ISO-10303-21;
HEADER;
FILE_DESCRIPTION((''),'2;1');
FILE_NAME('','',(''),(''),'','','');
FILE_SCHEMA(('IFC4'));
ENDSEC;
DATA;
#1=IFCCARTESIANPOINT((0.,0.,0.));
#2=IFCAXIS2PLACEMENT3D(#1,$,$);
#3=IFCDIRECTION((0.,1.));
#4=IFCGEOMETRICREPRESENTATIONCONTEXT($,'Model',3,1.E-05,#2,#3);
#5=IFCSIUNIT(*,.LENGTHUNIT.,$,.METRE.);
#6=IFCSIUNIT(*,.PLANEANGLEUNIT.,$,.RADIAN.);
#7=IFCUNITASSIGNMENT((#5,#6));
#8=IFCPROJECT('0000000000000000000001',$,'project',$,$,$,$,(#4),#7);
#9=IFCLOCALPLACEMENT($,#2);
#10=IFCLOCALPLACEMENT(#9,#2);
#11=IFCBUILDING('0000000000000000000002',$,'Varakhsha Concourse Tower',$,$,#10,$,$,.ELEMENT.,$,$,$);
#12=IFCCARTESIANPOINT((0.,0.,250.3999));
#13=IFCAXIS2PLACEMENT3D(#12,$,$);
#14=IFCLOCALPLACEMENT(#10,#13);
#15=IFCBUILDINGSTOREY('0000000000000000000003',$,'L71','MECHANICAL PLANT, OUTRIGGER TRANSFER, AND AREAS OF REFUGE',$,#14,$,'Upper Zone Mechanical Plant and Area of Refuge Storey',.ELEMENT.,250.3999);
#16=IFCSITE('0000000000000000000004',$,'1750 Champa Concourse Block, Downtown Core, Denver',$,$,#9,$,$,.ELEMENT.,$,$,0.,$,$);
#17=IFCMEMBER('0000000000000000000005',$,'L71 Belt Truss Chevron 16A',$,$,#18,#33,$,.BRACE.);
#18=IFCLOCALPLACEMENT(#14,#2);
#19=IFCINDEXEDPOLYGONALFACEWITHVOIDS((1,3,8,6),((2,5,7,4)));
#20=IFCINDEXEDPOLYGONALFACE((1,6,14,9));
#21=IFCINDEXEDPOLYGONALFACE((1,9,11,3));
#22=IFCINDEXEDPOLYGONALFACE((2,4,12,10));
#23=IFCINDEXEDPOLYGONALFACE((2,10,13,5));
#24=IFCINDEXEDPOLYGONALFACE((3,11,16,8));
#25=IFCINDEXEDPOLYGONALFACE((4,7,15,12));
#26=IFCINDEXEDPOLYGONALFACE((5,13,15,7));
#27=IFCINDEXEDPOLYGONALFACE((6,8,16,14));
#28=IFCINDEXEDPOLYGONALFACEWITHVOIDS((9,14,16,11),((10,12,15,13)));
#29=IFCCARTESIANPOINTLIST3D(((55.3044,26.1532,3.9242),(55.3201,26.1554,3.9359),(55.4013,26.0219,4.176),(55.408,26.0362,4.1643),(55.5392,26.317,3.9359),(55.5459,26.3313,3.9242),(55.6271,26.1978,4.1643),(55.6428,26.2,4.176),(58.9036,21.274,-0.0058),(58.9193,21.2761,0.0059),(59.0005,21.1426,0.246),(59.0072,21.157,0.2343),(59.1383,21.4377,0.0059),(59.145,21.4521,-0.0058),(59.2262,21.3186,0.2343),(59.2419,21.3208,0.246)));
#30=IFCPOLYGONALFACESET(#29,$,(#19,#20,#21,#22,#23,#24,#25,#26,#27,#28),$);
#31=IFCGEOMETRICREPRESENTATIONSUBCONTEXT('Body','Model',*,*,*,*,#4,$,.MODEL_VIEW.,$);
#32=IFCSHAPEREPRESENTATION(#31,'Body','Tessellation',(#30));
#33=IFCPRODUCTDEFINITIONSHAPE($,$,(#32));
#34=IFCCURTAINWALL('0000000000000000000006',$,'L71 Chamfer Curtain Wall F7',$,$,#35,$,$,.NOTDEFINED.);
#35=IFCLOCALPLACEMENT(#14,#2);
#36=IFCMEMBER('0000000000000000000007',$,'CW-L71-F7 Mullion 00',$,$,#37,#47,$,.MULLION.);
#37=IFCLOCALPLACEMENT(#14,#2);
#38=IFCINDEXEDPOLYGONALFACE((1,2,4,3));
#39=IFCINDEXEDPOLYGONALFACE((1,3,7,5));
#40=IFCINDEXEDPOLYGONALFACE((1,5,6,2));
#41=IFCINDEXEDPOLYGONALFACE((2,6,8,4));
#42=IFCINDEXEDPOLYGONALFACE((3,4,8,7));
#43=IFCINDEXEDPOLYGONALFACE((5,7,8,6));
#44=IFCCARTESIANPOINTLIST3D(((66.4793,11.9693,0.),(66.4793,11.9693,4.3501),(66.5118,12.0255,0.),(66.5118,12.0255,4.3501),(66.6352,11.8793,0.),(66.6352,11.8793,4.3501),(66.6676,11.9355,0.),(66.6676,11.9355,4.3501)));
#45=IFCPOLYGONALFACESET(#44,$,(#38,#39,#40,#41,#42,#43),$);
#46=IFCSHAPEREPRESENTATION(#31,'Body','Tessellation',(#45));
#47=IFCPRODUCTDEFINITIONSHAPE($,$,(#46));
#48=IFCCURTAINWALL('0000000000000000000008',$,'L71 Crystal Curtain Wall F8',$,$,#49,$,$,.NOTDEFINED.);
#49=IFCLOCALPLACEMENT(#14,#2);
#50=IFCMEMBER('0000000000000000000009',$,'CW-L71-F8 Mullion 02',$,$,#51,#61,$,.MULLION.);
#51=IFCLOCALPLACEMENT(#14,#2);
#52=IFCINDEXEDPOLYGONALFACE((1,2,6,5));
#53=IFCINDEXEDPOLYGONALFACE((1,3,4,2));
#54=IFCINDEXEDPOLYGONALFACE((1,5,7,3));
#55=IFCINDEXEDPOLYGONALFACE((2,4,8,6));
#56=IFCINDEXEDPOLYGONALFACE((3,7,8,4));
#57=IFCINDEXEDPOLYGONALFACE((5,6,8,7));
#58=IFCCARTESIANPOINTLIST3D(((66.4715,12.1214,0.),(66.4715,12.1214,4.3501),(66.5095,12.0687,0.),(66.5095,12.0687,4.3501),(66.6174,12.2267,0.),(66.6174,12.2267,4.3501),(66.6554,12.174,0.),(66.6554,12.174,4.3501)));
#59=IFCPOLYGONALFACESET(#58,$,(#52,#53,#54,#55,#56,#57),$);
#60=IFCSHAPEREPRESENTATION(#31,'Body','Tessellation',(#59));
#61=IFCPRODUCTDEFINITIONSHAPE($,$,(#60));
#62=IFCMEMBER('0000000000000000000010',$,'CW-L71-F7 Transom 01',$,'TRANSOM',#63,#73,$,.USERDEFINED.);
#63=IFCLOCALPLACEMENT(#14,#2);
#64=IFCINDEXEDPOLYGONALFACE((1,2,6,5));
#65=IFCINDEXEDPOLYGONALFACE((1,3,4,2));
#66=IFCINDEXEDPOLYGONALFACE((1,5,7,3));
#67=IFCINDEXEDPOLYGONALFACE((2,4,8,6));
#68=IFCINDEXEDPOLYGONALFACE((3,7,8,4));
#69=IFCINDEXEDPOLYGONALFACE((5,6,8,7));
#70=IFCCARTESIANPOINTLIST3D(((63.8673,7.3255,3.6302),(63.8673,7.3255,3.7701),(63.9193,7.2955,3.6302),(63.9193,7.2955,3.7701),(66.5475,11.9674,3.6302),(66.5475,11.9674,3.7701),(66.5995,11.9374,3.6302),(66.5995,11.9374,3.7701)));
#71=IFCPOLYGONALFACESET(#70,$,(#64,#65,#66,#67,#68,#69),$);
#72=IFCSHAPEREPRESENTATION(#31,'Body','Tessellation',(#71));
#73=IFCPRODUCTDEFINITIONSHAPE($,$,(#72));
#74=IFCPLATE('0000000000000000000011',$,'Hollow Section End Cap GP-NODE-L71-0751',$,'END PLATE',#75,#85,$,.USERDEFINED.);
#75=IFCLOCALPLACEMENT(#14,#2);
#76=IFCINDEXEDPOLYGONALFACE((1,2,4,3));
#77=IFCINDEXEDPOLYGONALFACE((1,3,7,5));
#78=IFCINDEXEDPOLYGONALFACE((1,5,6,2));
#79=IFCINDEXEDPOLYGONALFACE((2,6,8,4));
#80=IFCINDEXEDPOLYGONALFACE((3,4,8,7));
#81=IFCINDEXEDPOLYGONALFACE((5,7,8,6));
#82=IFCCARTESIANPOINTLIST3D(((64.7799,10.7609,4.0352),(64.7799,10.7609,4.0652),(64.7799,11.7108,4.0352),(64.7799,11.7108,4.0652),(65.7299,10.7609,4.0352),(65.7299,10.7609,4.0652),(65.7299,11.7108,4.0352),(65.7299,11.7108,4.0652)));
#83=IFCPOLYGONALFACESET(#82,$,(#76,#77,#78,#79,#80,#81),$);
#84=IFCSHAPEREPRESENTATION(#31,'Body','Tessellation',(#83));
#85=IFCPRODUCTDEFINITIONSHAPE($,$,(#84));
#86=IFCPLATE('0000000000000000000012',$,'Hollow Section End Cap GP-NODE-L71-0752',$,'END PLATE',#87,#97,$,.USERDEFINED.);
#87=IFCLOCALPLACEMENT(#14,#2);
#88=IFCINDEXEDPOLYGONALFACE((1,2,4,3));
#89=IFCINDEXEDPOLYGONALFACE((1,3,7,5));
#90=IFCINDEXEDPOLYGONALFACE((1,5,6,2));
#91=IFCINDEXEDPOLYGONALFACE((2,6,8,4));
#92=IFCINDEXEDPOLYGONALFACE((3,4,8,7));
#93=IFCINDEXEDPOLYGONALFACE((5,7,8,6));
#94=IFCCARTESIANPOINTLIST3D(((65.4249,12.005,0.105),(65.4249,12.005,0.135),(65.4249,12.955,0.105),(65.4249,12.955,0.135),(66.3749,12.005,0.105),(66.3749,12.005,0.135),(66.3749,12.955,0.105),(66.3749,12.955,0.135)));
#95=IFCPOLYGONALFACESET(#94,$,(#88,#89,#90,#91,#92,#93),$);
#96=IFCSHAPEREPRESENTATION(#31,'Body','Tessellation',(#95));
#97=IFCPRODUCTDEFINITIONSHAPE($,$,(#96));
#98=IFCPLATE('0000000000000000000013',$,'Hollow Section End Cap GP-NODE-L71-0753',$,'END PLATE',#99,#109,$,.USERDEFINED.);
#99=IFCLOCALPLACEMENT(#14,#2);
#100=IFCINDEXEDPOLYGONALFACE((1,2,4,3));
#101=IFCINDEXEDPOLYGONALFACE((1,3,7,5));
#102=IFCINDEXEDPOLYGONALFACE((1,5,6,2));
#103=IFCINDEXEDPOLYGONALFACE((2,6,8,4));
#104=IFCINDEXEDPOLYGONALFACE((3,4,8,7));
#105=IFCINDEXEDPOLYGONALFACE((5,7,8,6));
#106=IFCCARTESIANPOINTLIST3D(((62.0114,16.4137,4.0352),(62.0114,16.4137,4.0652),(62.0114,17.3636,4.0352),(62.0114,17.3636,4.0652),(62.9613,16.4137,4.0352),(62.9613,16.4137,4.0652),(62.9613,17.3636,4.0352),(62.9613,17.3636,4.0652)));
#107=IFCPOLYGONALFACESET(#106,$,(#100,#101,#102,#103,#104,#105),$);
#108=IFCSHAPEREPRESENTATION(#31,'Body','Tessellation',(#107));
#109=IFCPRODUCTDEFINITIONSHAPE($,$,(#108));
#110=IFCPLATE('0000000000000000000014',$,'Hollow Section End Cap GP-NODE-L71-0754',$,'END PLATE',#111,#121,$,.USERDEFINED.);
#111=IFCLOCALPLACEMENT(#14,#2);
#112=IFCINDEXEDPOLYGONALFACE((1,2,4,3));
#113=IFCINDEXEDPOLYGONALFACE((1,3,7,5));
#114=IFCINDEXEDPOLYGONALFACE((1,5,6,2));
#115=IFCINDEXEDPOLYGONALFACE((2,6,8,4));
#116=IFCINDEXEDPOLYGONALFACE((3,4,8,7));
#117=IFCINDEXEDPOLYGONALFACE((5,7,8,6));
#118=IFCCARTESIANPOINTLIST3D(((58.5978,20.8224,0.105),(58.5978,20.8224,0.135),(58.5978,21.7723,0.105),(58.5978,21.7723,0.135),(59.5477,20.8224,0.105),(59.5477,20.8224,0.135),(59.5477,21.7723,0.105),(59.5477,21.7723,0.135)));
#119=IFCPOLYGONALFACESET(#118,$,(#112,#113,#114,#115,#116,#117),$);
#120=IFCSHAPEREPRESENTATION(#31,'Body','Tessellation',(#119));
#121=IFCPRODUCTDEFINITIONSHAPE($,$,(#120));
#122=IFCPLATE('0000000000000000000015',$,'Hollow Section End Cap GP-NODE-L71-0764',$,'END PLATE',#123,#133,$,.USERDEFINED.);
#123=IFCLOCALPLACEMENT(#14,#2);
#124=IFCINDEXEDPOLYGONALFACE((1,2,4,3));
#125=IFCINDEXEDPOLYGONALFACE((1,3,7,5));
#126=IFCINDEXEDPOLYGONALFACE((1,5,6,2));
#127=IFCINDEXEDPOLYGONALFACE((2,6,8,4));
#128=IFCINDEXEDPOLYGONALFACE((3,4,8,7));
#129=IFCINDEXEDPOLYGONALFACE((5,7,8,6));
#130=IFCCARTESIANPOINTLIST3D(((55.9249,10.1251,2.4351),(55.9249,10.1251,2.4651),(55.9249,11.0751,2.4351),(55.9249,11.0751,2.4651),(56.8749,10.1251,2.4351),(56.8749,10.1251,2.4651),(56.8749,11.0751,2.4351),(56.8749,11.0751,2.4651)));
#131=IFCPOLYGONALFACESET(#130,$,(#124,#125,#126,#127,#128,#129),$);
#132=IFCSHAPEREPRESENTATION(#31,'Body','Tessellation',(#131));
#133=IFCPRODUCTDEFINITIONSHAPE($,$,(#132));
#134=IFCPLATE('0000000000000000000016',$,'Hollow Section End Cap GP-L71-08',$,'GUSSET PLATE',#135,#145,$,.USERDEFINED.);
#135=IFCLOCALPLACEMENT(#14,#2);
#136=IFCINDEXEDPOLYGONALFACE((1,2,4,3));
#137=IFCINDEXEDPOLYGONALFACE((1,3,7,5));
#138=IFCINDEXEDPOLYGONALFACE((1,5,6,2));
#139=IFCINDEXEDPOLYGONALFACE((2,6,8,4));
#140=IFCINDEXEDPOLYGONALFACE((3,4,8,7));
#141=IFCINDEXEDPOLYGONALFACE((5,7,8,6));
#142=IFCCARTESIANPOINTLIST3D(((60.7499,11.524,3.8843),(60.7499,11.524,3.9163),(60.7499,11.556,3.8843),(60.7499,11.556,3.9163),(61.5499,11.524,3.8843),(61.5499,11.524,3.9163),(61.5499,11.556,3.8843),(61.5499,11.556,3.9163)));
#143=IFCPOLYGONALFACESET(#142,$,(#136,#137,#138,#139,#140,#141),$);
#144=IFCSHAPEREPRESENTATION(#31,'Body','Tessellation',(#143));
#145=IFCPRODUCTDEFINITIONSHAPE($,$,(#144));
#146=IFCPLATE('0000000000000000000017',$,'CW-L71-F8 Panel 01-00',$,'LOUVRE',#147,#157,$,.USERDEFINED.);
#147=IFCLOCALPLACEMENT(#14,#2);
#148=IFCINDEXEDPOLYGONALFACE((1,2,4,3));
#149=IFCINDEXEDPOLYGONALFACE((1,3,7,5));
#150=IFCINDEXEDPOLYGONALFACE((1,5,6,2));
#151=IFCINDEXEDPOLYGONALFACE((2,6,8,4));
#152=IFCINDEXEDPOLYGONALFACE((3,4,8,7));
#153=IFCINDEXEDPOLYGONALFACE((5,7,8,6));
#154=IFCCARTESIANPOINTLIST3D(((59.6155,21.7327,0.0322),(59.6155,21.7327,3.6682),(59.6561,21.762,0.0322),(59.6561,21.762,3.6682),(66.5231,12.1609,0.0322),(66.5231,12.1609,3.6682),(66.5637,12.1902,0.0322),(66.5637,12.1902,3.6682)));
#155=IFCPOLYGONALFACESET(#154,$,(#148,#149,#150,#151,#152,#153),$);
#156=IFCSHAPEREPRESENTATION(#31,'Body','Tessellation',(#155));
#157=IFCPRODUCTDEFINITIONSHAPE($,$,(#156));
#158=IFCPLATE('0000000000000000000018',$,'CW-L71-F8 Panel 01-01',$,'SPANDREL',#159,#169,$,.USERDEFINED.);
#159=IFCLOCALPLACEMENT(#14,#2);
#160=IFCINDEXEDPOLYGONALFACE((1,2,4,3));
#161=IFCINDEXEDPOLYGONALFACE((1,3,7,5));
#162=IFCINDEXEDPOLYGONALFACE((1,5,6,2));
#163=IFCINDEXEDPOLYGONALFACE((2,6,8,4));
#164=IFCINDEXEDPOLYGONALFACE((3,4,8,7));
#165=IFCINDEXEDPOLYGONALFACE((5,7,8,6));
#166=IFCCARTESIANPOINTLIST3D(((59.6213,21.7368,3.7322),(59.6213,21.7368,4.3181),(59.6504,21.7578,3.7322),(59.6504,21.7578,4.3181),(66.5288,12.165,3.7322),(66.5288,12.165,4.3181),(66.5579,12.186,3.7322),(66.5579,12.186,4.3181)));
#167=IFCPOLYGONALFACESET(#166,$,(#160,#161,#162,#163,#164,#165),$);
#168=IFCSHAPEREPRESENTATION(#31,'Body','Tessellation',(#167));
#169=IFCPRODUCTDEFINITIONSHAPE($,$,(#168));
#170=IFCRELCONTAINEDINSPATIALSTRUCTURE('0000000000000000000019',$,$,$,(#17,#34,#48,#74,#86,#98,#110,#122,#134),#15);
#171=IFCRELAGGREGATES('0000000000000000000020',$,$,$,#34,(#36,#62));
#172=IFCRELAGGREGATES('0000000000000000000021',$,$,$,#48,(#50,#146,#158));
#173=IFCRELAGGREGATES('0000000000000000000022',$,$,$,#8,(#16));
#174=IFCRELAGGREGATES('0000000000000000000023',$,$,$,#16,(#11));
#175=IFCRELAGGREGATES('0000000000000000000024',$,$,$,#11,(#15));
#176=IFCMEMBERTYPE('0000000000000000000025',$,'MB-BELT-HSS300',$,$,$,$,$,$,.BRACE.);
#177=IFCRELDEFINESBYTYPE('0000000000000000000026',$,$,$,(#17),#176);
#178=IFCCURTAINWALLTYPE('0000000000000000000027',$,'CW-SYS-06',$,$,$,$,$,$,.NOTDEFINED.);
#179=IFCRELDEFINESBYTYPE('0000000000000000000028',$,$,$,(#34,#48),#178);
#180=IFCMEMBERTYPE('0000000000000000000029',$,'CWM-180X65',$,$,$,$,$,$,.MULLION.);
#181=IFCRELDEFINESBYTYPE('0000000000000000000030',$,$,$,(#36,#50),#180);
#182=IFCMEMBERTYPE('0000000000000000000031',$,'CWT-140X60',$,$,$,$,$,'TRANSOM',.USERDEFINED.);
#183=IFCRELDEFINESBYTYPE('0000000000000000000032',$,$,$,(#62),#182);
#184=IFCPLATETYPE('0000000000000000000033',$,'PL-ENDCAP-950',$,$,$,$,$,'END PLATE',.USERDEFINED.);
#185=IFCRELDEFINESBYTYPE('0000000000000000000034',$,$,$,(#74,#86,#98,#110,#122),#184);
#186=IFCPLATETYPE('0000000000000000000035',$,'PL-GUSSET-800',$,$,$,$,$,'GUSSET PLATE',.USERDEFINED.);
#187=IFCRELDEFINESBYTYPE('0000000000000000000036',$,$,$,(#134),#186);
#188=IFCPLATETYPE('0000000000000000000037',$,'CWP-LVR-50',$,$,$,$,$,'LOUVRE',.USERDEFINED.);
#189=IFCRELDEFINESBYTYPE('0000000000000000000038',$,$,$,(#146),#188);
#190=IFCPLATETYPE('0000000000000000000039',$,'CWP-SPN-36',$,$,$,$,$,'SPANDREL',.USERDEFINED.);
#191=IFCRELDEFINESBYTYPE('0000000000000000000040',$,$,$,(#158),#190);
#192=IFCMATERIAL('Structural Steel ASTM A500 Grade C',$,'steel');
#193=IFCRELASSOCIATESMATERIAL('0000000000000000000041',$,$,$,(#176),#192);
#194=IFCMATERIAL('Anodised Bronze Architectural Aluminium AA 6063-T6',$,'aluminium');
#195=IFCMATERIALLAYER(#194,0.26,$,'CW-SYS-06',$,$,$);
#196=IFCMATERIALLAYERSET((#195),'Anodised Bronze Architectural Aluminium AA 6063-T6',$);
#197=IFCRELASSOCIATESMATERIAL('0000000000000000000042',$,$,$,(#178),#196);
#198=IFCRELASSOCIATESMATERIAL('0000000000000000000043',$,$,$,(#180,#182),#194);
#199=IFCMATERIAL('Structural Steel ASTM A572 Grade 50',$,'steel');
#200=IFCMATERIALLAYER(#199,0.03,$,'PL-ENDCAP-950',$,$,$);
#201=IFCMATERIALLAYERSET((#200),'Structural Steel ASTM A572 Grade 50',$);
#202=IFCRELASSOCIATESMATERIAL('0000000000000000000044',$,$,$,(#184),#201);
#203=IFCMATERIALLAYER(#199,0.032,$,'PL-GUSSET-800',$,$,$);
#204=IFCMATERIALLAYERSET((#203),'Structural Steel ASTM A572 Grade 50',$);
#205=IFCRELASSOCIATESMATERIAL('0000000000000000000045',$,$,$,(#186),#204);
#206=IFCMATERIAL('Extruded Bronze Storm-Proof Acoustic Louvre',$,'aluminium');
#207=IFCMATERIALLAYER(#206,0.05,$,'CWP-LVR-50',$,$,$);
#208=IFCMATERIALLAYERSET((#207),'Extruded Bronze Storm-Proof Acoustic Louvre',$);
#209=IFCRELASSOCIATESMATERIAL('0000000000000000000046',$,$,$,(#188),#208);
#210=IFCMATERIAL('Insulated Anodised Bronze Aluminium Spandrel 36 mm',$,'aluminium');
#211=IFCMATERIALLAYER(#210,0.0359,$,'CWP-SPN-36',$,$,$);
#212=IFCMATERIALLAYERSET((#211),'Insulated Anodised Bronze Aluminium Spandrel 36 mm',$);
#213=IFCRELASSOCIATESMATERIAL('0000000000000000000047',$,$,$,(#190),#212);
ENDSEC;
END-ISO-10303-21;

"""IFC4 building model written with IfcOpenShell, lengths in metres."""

from ifc_helpers import new_model, si_unit, direction, frame, origin, origin_2d, place, context, subcontext, project, spatial, rectangle, hollow_rectangle, extrude, source, transform, mapped, material, layer, layer_set, material_profile, profile_set, type_object, type_shapes, element, aggregate, save


model = new_model("IFC4")

# Units and contexts
model_context = context("Model", 3, precision=1e-05, world=origin(), true_north=direction((0.0, 1.0)))
body_context = subcontext(model_context, "Body", "Model", "MODEL_VIEW")
ifc_project = project(units=[si_unit("LENGTHUNIT", "METRE"), si_unit("PLANEANGLEUNIT", "RADIAN")], contexts=[model_context])

# Site, building, storey
site_placement = place(None, origin())
site = spatial("IfcSite", under=ifc_project, at=site_placement, Name="1750 Champa Concourse Block, Downtown Core, Denver", CompositionType="ELEMENT", RefElevation=0.0)
building_placement = place(site_placement, origin())
building = spatial("IfcBuilding", under=site, at=building_placement, Name="Varakhsha Concourse Tower", CompositionType="ELEMENT")
storey_placement = place(building_placement, frame((0.0, 0.0, 250.3999)))
storey = spatial("IfcBuildingStorey", under=building, at=storey_placement, Name="L71", Description="MECHANICAL PLANT, OUTRIGGER TRANSFER, AND AREAS OF REFUGE", LongName="Upper Zone Mechanical Plant and Area of Refuge Storey", CompositionType="ELEMENT", Elevation=250.3999)

# Shared definitions
ifc_material_1 = material(Name="Structural Steel ASTM A572 Grade 50", Category="steel")

# Member
ifc_material_2 = material(Name="Structural Steel ASTM A500 Grade C", Category="steel")
ifc_material_profile_1 = material_profile(ifc_material_2, hollow_rectangle(XDim=0.3, YDim=0.3, WallThickness=0.0139, at=origin_2d()), Name="HSS 300x300x14")
ifc_profile_set_1 = profile_set([ifc_material_profile_1], Name="Structural Steel ASTM A500 Grade C")
member_type_1 = type_object("IfcMemberType", Name="MB-BELT-HSS300", PredefinedType="BRACE", material=ifc_profile_set_1)
shared_shape_1 = source(origin(), body_context, "Body", "SweptSolid", [
    extrude(hollow_rectangle(XDim=0.3, YDim=0.3, WallThickness=0.0139, at=origin_2d()), origin(), (0.0, 0.0, 1.0), 7.2253),
])
member_1_placement = place(storey_placement, frame((59.0728, 21.2974, 0.1201), z_axis=(-0.498131, 0.675292, 0.543917), x_axis=(-0.804744, -0.593622, 0.0)))
element("IfcMember", 1, at=member_1_placement, inside=storey, type_object=member_type_1, Name="L71 Belt Truss Chevron 16A", PredefinedType="BRACE", context=body_context, shape_type="MappedRepresentation", body=[
    mapped(shared_shape_1, transform((0.0, 0.0, 0.0), scale=1.0)),
])

# Curtain walls, members
ifc_material_3 = material(Name="Anodised Bronze Architectural Aluminium AA 6063-T6", Category="aluminium")
ifc_layer_1 = layer(ifc_material_3, 0.26, Name="CW-SYS-06")
ifc_layer_set_1 = layer_set([ifc_layer_1], Name="Anodised Bronze Architectural Aluminium AA 6063-T6")
curtain_wall_type = type_object("IfcCurtainWallType", Name="CW-SYS-06", PredefinedType="NOTDEFINED", material=ifc_layer_set_1)
curtain_wall_1_placement = place(storey_placement, origin())
curtain_wall_1 = element("IfcCurtainWall", 2, at=curtain_wall_1_placement, inside=storey, type_object=curtain_wall_type, Name="L71 Chamfer Curtain Wall F7", PredefinedType="NOTDEFINED")
ifc_material_profile_2 = material_profile(ifc_material_3, rectangle(XDim=0.0649, YDim=0.1799, at=origin_2d()), Name="CWM-180X65")
ifc_profile_set_2 = profile_set([ifc_material_profile_2], Name="Anodised Bronze Architectural Aluminium AA 6063-T6")
member_type_2 = type_object("IfcMemberType", Name="CWM-180X65", PredefinedType="MULLION", material=ifc_profile_set_2)
shared_shape_2 = source(origin(), body_context, "Body", "SweptSolid", [
    extrude(rectangle(XDim=0.0649, YDim=0.1799, at=origin_2d()), origin(), (0.0, 0.0, 1.0), 4.3501),
])
type_shapes(member_type_2, [shared_shape_2])
member_2_placement = place(storey_placement, frame((66.5735, 11.9524, 0.0), z_axis=(0.0, 0.0, 1.0), x_axis=(-0.5, -0.866025, 0.0)))
member_2 = element("IfcMember", 3, at=member_2_placement, type_object=member_type_2, Name="CW-L71-F7 Mullion 00", PredefinedType="MULLION", context=body_context, shape_type="MappedRepresentation", body=[
    mapped(shared_shape_2, transform((0.0, 0.0, 0.0), scale=1.0)),
])
curtain_wall_2_placement = place(storey_placement, origin())
curtain_wall_2 = element("IfcCurtainWall", 4, at=curtain_wall_2_placement, inside=storey, type_object=curtain_wall_type, Name="L71 Crystal Curtain Wall F8", PredefinedType="NOTDEFINED")
member_3_placement = place(storey_placement, frame((66.5635, 12.1477, 0.0), z_axis=(0.0, 0.0, 1.0), x_axis=(0.585187, -0.810898, 0.0)))
member_3 = element("IfcMember", 5, at=member_3_placement, type_object=member_type_2, Name="CW-L71-F8 Mullion 02", PredefinedType="MULLION", context=body_context, shape_type="MappedRepresentation", body=[
    mapped(shared_shape_2, transform((0.0, 0.0, 0.0), scale=1.0)),
])

# Member
ifc_material_profile_3 = material_profile(ifc_material_3, rectangle(XDim=0.0601, YDim=0.1399, at=origin_2d()), Name="CWT-140X60")
ifc_profile_set_3 = profile_set([ifc_material_profile_3], Name="Anodised Bronze Architectural Aluminium AA 6063-T6")
member_type_3 = type_object("IfcMemberType", Name="CWT-140X60", ElementType="TRANSOM", PredefinedType="USERDEFINED", material=ifc_profile_set_3)
shared_shape_3 = source(origin(), body_context, "Body", "SweptSolid", [
    extrude(rectangle(XDim=0.0601, YDim=0.1399, at=origin_2d()), origin(), (0.0, 0.0, 1.0), 5.3601),
])
type_shapes(member_type_3, [shared_shape_3])
member_4_placement = place(storey_placement, frame((66.5735, 11.9524, 3.7002), z_axis=(-0.500029, -0.866009, 0.0), x_axis=(0.866009, -0.500029, 0.0)))
member_4 = element("IfcMember", 6, at=member_4_placement, type_object=member_type_3, Name="CW-L71-F7 Transom 01", ObjectType="TRANSOM", PredefinedType="USERDEFINED", context=body_context, shape_type="MappedRepresentation", body=[
    mapped(shared_shape_3, transform((0.0, 0.0, 0.0), scale=1.0)),
])
aggregate(curtain_wall_1, [member_2, member_4])

# Plates
ifc_layer_2 = layer(ifc_material_1, 0.03, Name="PL-ENDCAP-950")
ifc_layer_set_2 = layer_set([ifc_layer_2], Name="Structural Steel ASTM A572 Grade 50")
plate_type_1 = type_object("IfcPlateType", Name="PL-ENDCAP-950", ElementType="END PLATE", PredefinedType="USERDEFINED", material=ifc_layer_set_2)
shared_shape_4 = source(origin(), body_context, "Body", "SweptSolid", [
    extrude(rectangle(XDim=0.95, YDim=0.95, at=origin_2d()), origin(), (0.0, 0.0, 1.0), 0.03),
])
type_shapes(plate_type_1, [shared_shape_4])
for number, where, z_axis, x_axis, name in (
    (7, (65.2549, 11.2358, 4.0352), (0.0, 0.0, 1.0), (1.0, 0.0, 0.0), "Hollow Section End Cap GP-NODE-L71-0751"),
    (8, (65.8999, 12.48, 0.105), (0.0, 0.0, 1.0), (1.0, 0.0, 0.0), "Hollow Section End Cap GP-NODE-L71-0752"),
    (9, (62.4863, 16.8887, 4.0352), (0.0, 0.0, 1.0), (1.0, 0.0, 0.0), "Hollow Section End Cap GP-NODE-L71-0753"),
    (10, (59.0728, 21.2974, 0.105), (0.0, 0.0, 1.0), (1.0, 0.0, 0.0), "Hollow Section End Cap GP-NODE-L71-0754"),
    (11, (56.3999, 10.6001, 2.4351), (0.0, 0.0, 1.0), (1.0, 0.0, 0.0), "Hollow Section End Cap GP-NODE-L71-0764"),
):
    element("IfcPlate", number, at=place(storey_placement, frame(where, z_axis=z_axis, x_axis=x_axis)), inside=storey, type_object=plate_type_1, Name=name, ObjectType="END PLATE", PredefinedType="USERDEFINED", context=body_context, shape_type="MappedRepresentation", body=[
        mapped(shared_shape_4, transform((0.0, 0.0, 0.0), scale=1.0)),
    ])
ifc_layer_3 = layer(ifc_material_1, 0.032, Name="PL-GUSSET-800")
ifc_layer_set_3 = layer_set([ifc_layer_3], Name="Structural Steel ASTM A572 Grade 50")
plate_type_2 = type_object("IfcPlateType", Name="PL-GUSSET-800", ElementType="GUSSET PLATE", PredefinedType="USERDEFINED", material=ifc_layer_set_3)
shared_shape_5 = source(origin(), body_context, "Body", "SweptSolid", [
    extrude(rectangle(XDim=0.8, YDim=0.032, at=origin_2d()), origin(), (0.0, 0.0, 1.0), 0.032),
])
type_shapes(plate_type_2, [shared_shape_5])
plate_1_placement = place(storey_placement, frame((61.1499, 11.54, 3.8843), z_axis=(0.0, 0.0, 1.0), x_axis=(1.0, 0.0, 0.0)))
element("IfcPlate", 12, at=plate_1_placement, inside=storey, type_object=plate_type_2, Name="Hollow Section End Cap GP-L71-08", ObjectType="GUSSET PLATE", PredefinedType="USERDEFINED", context=body_context, shape_type="MappedRepresentation", body=[
    mapped(shared_shape_5, transform((0.0, 0.0, 0.0), scale=1.0)),
])

# Plates
ifc_material_4 = material(Name="Extruded Bronze Storm-Proof Acoustic Louvre", Category="aluminium")
ifc_layer_4 = layer(ifc_material_4, 0.05, Name="CWP-LVR-50")
ifc_layer_set_4 = layer_set([ifc_layer_4], Name="Extruded Bronze Storm-Proof Acoustic Louvre")
plate_type_3 = type_object("IfcPlateType", Name="CWP-LVR-50", ElementType="LOUVRE", PredefinedType="USERDEFINED", material=ifc_layer_set_4)
shared_shape_6 = source(origin(), body_context, "Body", "SweptSolid", [
    extrude(rectangle(XDim=11.804, YDim=0.05, at=origin_2d()), origin(), (0.0, 0.0, 1.0), 3.636),
])
type_shapes(plate_type_3, [shared_shape_6])
plate_2_placement = place(storey_placement, frame((63.0896, 16.9614, 0.0322), z_axis=(0.0, 0.0, 1.0), x_axis=(0.585187, -0.810898, 0.0)))
plate_2 = element("IfcPlate", 13, at=plate_2_placement, type_object=plate_type_3, Name="CW-L71-F8 Panel 01-00", ObjectType="LOUVRE", PredefinedType="USERDEFINED", context=body_context, shape_type="MappedRepresentation", body=[
    mapped(shared_shape_6, transform((0.0, 0.0, 0.0), scale=1.0)),
])
ifc_material_5 = material(Name="Insulated Anodised Bronze Aluminium Spandrel 36 mm", Category="aluminium")
ifc_layer_5 = layer(ifc_material_5, 0.0359, Name="CWP-SPN-36")
ifc_layer_set_5 = layer_set([ifc_layer_5], Name="Insulated Anodised Bronze Aluminium Spandrel 36 mm")
plate_type_4 = type_object("IfcPlateType", Name="CWP-SPN-36", ElementType="SPANDREL", PredefinedType="USERDEFINED", material=ifc_layer_set_5)
shared_shape_7 = source(origin(), body_context, "Body", "SweptSolid", [
    extrude(rectangle(XDim=11.804, YDim=0.0359, at=origin_2d()), origin(), (0.0, 0.0, 1.0), 0.5859),
])
type_shapes(plate_type_4, [shared_shape_7])
plate_3_placement = place(storey_placement, frame((63.0896, 16.9614, 3.7322), z_axis=(0.0, 0.0, 1.0), x_axis=(0.585187, -0.810898, 0.0)))
plate_3 = element("IfcPlate", 14, at=plate_3_placement, type_object=plate_type_4, Name="CW-L71-F8 Panel 01-01", ObjectType="SPANDREL", PredefinedType="USERDEFINED", context=body_context, shape_type="MappedRepresentation", body=[
    mapped(shared_shape_7, transform((0.0, 0.0, 0.0), scale=1.0)),
])
aggregate(curtain_wall_2, [member_3, plate_2, plate_3])

save(model, "model.ifc")
